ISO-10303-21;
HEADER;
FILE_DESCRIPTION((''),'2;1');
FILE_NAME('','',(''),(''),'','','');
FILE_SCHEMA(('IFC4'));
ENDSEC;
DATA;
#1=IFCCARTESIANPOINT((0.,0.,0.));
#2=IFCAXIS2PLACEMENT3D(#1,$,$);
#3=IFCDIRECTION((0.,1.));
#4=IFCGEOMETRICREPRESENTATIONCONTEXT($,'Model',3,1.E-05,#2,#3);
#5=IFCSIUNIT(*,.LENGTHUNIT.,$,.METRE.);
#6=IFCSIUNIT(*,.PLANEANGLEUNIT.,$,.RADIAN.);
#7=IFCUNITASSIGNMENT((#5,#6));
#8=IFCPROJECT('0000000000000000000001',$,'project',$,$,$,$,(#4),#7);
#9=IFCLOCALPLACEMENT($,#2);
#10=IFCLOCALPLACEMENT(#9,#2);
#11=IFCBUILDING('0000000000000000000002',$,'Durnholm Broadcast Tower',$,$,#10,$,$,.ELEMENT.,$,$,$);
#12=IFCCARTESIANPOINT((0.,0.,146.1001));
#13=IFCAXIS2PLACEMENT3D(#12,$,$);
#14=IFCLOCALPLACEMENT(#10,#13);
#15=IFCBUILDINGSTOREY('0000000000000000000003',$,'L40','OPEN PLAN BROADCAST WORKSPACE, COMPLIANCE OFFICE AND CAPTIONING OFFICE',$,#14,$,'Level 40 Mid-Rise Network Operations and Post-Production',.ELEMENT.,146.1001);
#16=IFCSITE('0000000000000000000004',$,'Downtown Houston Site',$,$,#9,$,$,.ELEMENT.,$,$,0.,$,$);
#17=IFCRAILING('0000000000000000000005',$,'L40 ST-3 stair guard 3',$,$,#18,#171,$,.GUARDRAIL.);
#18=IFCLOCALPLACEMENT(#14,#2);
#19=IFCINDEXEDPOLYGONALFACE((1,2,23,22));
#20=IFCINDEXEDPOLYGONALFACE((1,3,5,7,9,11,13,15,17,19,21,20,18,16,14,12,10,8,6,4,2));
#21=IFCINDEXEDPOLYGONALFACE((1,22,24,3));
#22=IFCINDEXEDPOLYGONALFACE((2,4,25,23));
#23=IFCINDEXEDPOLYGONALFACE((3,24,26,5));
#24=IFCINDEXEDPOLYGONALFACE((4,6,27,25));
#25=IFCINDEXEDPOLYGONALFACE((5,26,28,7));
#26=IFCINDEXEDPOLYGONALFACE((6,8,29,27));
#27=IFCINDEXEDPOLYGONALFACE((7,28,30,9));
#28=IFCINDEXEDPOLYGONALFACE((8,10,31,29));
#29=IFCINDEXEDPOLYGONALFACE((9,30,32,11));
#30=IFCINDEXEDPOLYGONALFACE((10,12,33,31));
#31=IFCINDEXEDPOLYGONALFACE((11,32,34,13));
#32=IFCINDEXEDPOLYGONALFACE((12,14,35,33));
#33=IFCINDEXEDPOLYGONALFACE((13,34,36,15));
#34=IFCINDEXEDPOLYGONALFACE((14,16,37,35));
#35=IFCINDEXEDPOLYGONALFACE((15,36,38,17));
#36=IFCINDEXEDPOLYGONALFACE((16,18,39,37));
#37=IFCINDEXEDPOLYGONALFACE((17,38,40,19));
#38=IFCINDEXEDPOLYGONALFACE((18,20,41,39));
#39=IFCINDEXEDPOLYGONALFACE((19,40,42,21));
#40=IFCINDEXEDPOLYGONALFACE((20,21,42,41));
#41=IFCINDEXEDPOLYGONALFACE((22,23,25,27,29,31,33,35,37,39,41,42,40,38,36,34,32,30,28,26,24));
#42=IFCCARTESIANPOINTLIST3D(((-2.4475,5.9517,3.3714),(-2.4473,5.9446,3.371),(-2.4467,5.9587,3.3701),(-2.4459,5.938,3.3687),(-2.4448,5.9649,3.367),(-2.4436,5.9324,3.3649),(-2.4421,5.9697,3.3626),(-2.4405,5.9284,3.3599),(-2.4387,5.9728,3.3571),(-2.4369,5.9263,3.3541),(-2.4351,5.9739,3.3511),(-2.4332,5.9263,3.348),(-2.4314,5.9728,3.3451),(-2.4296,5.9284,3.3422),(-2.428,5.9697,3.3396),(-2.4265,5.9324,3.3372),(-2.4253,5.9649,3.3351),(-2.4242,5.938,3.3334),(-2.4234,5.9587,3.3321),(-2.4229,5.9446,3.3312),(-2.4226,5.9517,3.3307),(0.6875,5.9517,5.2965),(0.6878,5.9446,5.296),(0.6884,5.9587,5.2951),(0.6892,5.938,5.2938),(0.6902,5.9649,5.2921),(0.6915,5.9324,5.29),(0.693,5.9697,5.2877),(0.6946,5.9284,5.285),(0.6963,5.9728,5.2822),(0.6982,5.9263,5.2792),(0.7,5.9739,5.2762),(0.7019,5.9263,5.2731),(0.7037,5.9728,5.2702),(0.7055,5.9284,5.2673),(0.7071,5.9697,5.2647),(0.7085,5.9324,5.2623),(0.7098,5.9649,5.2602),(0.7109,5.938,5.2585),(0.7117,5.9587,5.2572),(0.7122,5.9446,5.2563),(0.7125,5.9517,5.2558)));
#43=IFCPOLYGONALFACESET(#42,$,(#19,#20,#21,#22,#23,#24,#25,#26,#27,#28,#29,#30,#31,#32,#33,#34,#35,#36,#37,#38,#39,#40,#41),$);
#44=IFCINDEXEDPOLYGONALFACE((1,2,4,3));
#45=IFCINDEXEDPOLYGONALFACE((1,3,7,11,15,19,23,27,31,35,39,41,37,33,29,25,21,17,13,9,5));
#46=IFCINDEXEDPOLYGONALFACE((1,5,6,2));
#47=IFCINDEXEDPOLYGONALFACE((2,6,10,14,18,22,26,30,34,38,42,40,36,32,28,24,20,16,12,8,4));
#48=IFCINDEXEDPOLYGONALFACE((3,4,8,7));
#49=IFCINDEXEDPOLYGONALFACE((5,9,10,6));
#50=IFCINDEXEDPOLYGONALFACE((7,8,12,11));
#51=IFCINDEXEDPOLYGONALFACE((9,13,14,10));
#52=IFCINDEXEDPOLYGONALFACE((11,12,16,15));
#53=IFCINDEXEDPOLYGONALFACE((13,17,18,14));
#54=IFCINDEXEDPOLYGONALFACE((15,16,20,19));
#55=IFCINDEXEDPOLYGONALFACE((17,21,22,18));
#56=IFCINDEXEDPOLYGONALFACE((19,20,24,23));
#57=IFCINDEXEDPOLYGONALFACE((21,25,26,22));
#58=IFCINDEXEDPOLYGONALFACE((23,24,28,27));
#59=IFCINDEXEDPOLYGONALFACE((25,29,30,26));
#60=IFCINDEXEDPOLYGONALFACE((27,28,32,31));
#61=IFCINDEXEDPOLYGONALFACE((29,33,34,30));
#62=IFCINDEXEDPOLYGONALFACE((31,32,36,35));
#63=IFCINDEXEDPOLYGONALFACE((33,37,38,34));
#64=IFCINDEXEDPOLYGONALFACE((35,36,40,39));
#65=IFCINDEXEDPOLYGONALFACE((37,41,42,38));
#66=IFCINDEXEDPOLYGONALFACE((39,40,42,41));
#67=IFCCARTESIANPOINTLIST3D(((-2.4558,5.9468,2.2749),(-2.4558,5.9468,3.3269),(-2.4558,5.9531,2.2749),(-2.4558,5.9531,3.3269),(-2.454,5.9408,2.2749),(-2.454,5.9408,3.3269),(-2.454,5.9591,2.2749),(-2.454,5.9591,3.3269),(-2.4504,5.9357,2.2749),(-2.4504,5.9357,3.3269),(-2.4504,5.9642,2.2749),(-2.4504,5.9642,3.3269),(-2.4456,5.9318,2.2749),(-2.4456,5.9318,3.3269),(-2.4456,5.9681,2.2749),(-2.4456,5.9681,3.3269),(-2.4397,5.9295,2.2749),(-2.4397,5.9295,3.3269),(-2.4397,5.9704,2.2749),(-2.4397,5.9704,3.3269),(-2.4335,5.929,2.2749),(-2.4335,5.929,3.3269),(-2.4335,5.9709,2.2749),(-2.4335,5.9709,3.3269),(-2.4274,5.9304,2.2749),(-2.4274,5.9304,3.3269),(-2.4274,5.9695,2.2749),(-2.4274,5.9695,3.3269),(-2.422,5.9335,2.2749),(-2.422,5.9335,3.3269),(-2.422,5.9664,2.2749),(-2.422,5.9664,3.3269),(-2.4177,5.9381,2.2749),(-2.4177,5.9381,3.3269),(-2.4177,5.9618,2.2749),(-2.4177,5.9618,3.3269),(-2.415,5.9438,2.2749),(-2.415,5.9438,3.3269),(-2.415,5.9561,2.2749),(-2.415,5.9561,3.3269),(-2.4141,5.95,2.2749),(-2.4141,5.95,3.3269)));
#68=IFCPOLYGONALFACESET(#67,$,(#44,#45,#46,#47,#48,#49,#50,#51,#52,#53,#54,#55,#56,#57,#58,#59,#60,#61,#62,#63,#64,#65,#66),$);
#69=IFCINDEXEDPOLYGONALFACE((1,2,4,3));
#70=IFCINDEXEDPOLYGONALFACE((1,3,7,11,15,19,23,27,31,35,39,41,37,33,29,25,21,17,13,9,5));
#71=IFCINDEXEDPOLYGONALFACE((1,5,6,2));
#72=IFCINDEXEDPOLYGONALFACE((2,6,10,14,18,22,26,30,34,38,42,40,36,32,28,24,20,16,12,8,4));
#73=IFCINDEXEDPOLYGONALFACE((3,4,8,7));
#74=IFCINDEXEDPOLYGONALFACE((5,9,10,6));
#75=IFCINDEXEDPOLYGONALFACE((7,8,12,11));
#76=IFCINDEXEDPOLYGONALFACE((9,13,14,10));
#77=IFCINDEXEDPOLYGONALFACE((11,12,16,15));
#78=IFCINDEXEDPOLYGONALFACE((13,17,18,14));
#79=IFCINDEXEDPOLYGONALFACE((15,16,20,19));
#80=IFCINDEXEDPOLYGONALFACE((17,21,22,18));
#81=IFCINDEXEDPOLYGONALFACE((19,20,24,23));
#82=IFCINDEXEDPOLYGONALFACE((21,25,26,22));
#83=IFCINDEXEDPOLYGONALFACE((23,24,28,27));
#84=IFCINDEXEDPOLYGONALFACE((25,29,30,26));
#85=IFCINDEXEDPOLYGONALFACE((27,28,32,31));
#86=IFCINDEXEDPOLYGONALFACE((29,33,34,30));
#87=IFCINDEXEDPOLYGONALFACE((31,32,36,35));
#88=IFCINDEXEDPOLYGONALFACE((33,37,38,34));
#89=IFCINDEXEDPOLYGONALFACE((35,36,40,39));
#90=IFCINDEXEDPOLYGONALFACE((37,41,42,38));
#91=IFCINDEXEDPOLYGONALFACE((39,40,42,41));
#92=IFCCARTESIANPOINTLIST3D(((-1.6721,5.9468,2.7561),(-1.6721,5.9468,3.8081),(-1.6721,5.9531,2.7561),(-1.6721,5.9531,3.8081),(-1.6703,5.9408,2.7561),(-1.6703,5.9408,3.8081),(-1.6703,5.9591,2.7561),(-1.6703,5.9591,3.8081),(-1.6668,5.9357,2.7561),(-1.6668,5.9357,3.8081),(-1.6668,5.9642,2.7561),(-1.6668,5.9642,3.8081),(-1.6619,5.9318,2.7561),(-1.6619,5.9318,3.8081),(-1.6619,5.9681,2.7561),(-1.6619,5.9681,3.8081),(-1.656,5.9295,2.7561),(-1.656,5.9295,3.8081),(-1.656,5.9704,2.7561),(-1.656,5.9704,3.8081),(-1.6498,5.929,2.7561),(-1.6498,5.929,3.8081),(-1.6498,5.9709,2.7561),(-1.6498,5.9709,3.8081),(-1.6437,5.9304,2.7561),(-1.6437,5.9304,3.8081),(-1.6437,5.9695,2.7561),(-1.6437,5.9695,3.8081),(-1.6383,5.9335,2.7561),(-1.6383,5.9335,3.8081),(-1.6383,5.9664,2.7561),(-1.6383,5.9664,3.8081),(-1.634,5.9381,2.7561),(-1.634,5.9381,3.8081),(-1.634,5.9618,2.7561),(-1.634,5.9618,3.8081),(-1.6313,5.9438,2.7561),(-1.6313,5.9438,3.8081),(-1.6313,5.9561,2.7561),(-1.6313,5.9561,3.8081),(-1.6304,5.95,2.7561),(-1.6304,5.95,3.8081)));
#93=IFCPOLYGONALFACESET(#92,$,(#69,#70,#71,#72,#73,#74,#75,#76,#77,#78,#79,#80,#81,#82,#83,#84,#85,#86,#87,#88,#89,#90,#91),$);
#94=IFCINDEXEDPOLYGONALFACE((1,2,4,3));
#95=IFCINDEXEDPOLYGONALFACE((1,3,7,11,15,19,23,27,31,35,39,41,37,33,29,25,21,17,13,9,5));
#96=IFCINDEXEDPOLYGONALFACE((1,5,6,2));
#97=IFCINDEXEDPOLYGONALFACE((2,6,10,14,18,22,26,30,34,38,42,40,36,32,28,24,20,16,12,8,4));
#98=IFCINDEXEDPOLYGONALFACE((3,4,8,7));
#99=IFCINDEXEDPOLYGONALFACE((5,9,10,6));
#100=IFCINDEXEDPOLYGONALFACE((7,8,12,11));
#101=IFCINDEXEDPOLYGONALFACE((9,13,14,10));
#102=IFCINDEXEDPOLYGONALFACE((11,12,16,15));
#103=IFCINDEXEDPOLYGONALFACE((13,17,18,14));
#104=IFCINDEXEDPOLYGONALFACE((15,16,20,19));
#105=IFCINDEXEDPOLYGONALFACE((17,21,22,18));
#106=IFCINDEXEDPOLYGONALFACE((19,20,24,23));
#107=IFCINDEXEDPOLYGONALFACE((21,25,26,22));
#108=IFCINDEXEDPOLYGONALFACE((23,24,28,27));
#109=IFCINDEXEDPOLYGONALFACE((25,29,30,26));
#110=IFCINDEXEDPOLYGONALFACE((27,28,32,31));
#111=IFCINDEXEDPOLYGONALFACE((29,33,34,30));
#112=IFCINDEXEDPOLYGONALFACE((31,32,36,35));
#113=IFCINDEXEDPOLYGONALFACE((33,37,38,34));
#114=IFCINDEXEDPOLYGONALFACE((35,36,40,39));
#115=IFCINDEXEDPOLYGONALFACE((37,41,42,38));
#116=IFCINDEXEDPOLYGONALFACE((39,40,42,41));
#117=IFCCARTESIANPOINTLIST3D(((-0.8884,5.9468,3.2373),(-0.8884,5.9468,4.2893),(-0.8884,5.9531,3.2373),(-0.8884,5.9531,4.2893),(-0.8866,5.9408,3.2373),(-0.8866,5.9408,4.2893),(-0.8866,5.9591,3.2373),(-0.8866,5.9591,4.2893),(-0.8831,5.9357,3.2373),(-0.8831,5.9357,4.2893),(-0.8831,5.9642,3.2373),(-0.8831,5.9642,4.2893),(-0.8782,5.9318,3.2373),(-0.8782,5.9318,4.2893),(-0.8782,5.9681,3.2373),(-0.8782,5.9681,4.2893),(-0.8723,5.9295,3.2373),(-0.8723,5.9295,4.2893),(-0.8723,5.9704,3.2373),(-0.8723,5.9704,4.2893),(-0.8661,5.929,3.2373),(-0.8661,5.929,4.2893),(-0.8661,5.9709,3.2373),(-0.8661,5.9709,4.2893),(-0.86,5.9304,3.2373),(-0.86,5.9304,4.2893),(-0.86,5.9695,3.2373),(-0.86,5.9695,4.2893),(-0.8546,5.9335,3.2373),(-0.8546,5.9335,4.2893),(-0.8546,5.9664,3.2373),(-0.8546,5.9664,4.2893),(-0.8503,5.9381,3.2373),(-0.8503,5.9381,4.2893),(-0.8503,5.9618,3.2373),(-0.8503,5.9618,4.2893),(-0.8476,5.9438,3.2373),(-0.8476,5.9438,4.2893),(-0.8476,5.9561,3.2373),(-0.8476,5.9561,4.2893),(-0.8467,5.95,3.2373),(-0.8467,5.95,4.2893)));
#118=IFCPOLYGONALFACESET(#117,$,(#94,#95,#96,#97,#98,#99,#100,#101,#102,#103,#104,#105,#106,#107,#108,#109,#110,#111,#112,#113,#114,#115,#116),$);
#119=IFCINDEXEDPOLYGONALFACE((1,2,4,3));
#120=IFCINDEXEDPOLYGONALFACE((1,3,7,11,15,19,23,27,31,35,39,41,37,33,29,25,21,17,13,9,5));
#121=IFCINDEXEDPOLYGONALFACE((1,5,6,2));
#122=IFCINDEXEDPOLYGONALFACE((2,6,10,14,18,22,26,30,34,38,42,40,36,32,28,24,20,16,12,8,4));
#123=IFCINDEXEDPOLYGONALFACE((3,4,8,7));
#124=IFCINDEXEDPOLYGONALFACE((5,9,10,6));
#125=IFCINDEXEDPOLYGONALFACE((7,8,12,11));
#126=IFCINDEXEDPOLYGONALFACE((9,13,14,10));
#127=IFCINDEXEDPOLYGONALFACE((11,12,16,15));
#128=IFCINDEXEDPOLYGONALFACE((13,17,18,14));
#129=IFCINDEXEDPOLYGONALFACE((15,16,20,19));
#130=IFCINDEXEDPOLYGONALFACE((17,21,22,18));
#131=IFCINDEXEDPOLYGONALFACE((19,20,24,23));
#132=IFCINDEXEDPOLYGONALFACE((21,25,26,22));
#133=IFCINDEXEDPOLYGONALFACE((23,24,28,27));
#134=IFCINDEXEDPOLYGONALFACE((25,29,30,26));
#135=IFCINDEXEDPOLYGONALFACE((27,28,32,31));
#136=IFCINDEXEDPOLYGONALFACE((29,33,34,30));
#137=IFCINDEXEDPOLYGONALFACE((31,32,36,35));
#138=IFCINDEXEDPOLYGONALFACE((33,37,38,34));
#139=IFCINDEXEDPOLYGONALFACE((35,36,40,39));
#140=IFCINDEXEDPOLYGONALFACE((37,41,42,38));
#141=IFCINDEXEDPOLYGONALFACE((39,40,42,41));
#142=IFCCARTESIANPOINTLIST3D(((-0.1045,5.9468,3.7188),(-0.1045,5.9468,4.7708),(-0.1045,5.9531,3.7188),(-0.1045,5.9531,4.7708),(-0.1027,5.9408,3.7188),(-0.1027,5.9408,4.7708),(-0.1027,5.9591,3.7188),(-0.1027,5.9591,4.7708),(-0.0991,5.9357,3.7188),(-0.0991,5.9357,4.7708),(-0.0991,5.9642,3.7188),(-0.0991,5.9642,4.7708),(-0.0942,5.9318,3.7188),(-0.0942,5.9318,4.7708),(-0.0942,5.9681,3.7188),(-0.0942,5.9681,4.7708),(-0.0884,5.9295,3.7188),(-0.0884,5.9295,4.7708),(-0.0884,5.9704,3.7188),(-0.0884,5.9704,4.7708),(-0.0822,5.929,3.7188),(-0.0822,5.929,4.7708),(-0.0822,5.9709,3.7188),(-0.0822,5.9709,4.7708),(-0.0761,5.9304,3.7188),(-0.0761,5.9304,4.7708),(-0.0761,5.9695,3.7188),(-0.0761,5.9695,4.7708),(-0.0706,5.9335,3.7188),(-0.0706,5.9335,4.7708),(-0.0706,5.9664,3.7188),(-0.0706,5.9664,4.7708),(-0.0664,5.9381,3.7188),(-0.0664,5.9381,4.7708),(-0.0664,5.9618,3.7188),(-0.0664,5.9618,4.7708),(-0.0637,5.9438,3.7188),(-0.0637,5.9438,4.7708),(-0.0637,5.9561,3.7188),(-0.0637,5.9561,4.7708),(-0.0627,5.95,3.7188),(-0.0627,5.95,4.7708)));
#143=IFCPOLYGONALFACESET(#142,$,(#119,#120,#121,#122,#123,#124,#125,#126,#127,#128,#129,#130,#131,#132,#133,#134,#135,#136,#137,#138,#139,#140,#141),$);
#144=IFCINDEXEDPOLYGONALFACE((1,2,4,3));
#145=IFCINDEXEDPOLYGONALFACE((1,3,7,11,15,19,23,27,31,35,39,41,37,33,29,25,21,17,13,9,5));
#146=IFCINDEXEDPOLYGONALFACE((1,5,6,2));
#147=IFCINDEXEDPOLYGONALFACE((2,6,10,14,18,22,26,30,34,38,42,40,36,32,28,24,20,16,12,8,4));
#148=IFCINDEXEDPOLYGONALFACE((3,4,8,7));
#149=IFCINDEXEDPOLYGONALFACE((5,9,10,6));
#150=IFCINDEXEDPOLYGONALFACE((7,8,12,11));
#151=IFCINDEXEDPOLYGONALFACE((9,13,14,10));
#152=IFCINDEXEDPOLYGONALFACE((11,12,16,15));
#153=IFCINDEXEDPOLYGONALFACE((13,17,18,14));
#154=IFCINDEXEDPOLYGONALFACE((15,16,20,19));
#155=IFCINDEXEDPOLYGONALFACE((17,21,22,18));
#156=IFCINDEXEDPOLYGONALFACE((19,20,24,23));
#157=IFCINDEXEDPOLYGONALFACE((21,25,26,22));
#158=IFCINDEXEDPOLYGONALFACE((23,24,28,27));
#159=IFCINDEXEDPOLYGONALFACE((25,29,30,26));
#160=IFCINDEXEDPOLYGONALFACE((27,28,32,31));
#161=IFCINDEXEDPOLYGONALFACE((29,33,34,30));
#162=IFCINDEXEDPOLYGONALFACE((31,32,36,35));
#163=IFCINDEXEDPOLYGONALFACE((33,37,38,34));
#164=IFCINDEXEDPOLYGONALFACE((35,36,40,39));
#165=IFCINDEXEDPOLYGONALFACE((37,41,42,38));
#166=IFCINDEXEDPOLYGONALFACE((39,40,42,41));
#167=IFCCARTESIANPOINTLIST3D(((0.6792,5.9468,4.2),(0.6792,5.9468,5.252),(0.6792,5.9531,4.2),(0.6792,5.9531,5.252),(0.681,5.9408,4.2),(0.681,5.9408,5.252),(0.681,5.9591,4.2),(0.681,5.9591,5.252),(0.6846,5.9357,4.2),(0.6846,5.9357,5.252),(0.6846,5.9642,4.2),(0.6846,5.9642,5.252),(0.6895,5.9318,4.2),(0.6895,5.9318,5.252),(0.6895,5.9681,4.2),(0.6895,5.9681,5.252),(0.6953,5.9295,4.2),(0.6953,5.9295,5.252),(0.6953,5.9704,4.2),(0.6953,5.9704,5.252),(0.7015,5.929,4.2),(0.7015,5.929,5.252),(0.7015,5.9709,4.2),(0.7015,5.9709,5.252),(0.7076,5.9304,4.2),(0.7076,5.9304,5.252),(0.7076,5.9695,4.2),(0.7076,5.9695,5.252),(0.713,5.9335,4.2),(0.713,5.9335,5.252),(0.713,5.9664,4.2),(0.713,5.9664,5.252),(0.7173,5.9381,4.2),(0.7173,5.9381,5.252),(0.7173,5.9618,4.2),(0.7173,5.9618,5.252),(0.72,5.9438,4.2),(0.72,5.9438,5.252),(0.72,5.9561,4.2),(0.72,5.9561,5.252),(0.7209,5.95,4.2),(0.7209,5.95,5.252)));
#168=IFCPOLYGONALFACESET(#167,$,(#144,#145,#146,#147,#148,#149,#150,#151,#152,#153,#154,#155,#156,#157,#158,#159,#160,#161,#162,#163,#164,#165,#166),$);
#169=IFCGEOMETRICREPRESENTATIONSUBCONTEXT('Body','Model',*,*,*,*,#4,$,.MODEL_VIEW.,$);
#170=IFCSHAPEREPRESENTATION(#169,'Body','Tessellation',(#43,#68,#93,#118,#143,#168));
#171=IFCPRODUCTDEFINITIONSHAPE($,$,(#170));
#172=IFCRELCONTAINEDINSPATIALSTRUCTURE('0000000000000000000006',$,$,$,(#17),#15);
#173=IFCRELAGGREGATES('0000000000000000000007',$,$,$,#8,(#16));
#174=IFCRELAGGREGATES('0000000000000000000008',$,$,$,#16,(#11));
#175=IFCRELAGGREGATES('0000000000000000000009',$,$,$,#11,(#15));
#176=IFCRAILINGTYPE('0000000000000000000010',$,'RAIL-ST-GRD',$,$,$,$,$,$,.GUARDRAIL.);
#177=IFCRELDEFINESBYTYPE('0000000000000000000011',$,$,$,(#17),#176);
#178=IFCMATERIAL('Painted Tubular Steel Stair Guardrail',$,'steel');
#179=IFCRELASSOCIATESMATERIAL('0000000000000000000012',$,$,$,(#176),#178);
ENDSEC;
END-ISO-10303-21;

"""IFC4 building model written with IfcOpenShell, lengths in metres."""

from ifc_helpers import new_model, si_unit, direction, frame, origin, origin_2d, place, context, subcontext, project, spatial, circle, extrude, material, type_object, element, save


model = new_model("IFC4")

# Units and contexts
model_context = context("Model", 3, precision=1e-05, world=origin(), true_north=direction((0.0, 1.0)))
body_context = subcontext(model_context, "Body", "Model", "MODEL_VIEW")
ifc_project = project(units=[si_unit("LENGTHUNIT", "METRE"), si_unit("PLANEANGLEUNIT", "RADIAN")], contexts=[model_context])

# Site, building, storey
site_placement = place(None, origin())
site = spatial("IfcSite", under=ifc_project, at=site_placement, Name="Downtown Houston Site", CompositionType="ELEMENT", RefElevation=0.0)
building_placement = place(site_placement, origin())
building = spatial("IfcBuilding", under=site, at=building_placement, Name="Durnholm Broadcast Tower", CompositionType="ELEMENT")
storey_placement = place(building_placement, frame((0.0, 0.0, 146.1001)))
storey = spatial("IfcBuildingStorey", under=building, at=storey_placement, Name="L40", Description="OPEN PLAN BROADCAST WORKSPACE, COMPLIANCE OFFICE AND CAPTIONING OFFICE", LongName="Level 40 Mid-Rise Network Operations and Post-Production", CompositionType="ELEMENT", Elevation=146.1001)

# Railing
ifc_material_1 = material(Name="Painted Tubular Steel Stair Guardrail", Category="steel")
railing_type_1 = type_object("IfcRailingType", Name="RAIL-ST-GRD", PredefinedType="GUARDRAIL", material=ifc_material_1)
railing_1_placement = place(storey_placement, frame((-2.4351, 5.95, 2.2749)))
element("IfcRailing", 1, at=railing_1_placement, inside=storey, type_object=railing_type_1, Name="L40 ST-3 stair guard 3", PredefinedType="GUARDRAIL", context=body_context, shape_type="SweptSolid", body=[
    extrude(circle(Radius=0.0239, at=origin_2d()), frame((0.0, 0.0, 1.0762), z_axis=(0.852166, 0.0, 0.523271), x_axis=(0.0, 1.0, 0.0)), (0.0, 0.0, 1.0), 3.679),
    extrude(circle(Radius=0.021, at=origin_2d()), origin(), (0.0, 0.0, 1.0), 1.052),
    extrude(circle(Radius=0.021, at=origin_2d()), frame((0.7837, 0.0, 0.4812)), (0.0, 0.0, 1.0), 1.052),
    extrude(circle(Radius=0.021, at=origin_2d()), frame((1.5674, 0.0, 0.9624)), (0.0, 0.0, 1.0), 1.052),
    extrude(circle(Radius=0.021, at=origin_2d()), frame((2.3513, 0.0, 1.4438)), (0.0, 0.0, 1.0), 1.052),
    extrude(circle(Radius=0.021, at=origin_2d()), frame((3.135, 0.0, 1.925)), (0.0, 0.0, 1.0), 1.052),
])

save(model, "model.ifc")
